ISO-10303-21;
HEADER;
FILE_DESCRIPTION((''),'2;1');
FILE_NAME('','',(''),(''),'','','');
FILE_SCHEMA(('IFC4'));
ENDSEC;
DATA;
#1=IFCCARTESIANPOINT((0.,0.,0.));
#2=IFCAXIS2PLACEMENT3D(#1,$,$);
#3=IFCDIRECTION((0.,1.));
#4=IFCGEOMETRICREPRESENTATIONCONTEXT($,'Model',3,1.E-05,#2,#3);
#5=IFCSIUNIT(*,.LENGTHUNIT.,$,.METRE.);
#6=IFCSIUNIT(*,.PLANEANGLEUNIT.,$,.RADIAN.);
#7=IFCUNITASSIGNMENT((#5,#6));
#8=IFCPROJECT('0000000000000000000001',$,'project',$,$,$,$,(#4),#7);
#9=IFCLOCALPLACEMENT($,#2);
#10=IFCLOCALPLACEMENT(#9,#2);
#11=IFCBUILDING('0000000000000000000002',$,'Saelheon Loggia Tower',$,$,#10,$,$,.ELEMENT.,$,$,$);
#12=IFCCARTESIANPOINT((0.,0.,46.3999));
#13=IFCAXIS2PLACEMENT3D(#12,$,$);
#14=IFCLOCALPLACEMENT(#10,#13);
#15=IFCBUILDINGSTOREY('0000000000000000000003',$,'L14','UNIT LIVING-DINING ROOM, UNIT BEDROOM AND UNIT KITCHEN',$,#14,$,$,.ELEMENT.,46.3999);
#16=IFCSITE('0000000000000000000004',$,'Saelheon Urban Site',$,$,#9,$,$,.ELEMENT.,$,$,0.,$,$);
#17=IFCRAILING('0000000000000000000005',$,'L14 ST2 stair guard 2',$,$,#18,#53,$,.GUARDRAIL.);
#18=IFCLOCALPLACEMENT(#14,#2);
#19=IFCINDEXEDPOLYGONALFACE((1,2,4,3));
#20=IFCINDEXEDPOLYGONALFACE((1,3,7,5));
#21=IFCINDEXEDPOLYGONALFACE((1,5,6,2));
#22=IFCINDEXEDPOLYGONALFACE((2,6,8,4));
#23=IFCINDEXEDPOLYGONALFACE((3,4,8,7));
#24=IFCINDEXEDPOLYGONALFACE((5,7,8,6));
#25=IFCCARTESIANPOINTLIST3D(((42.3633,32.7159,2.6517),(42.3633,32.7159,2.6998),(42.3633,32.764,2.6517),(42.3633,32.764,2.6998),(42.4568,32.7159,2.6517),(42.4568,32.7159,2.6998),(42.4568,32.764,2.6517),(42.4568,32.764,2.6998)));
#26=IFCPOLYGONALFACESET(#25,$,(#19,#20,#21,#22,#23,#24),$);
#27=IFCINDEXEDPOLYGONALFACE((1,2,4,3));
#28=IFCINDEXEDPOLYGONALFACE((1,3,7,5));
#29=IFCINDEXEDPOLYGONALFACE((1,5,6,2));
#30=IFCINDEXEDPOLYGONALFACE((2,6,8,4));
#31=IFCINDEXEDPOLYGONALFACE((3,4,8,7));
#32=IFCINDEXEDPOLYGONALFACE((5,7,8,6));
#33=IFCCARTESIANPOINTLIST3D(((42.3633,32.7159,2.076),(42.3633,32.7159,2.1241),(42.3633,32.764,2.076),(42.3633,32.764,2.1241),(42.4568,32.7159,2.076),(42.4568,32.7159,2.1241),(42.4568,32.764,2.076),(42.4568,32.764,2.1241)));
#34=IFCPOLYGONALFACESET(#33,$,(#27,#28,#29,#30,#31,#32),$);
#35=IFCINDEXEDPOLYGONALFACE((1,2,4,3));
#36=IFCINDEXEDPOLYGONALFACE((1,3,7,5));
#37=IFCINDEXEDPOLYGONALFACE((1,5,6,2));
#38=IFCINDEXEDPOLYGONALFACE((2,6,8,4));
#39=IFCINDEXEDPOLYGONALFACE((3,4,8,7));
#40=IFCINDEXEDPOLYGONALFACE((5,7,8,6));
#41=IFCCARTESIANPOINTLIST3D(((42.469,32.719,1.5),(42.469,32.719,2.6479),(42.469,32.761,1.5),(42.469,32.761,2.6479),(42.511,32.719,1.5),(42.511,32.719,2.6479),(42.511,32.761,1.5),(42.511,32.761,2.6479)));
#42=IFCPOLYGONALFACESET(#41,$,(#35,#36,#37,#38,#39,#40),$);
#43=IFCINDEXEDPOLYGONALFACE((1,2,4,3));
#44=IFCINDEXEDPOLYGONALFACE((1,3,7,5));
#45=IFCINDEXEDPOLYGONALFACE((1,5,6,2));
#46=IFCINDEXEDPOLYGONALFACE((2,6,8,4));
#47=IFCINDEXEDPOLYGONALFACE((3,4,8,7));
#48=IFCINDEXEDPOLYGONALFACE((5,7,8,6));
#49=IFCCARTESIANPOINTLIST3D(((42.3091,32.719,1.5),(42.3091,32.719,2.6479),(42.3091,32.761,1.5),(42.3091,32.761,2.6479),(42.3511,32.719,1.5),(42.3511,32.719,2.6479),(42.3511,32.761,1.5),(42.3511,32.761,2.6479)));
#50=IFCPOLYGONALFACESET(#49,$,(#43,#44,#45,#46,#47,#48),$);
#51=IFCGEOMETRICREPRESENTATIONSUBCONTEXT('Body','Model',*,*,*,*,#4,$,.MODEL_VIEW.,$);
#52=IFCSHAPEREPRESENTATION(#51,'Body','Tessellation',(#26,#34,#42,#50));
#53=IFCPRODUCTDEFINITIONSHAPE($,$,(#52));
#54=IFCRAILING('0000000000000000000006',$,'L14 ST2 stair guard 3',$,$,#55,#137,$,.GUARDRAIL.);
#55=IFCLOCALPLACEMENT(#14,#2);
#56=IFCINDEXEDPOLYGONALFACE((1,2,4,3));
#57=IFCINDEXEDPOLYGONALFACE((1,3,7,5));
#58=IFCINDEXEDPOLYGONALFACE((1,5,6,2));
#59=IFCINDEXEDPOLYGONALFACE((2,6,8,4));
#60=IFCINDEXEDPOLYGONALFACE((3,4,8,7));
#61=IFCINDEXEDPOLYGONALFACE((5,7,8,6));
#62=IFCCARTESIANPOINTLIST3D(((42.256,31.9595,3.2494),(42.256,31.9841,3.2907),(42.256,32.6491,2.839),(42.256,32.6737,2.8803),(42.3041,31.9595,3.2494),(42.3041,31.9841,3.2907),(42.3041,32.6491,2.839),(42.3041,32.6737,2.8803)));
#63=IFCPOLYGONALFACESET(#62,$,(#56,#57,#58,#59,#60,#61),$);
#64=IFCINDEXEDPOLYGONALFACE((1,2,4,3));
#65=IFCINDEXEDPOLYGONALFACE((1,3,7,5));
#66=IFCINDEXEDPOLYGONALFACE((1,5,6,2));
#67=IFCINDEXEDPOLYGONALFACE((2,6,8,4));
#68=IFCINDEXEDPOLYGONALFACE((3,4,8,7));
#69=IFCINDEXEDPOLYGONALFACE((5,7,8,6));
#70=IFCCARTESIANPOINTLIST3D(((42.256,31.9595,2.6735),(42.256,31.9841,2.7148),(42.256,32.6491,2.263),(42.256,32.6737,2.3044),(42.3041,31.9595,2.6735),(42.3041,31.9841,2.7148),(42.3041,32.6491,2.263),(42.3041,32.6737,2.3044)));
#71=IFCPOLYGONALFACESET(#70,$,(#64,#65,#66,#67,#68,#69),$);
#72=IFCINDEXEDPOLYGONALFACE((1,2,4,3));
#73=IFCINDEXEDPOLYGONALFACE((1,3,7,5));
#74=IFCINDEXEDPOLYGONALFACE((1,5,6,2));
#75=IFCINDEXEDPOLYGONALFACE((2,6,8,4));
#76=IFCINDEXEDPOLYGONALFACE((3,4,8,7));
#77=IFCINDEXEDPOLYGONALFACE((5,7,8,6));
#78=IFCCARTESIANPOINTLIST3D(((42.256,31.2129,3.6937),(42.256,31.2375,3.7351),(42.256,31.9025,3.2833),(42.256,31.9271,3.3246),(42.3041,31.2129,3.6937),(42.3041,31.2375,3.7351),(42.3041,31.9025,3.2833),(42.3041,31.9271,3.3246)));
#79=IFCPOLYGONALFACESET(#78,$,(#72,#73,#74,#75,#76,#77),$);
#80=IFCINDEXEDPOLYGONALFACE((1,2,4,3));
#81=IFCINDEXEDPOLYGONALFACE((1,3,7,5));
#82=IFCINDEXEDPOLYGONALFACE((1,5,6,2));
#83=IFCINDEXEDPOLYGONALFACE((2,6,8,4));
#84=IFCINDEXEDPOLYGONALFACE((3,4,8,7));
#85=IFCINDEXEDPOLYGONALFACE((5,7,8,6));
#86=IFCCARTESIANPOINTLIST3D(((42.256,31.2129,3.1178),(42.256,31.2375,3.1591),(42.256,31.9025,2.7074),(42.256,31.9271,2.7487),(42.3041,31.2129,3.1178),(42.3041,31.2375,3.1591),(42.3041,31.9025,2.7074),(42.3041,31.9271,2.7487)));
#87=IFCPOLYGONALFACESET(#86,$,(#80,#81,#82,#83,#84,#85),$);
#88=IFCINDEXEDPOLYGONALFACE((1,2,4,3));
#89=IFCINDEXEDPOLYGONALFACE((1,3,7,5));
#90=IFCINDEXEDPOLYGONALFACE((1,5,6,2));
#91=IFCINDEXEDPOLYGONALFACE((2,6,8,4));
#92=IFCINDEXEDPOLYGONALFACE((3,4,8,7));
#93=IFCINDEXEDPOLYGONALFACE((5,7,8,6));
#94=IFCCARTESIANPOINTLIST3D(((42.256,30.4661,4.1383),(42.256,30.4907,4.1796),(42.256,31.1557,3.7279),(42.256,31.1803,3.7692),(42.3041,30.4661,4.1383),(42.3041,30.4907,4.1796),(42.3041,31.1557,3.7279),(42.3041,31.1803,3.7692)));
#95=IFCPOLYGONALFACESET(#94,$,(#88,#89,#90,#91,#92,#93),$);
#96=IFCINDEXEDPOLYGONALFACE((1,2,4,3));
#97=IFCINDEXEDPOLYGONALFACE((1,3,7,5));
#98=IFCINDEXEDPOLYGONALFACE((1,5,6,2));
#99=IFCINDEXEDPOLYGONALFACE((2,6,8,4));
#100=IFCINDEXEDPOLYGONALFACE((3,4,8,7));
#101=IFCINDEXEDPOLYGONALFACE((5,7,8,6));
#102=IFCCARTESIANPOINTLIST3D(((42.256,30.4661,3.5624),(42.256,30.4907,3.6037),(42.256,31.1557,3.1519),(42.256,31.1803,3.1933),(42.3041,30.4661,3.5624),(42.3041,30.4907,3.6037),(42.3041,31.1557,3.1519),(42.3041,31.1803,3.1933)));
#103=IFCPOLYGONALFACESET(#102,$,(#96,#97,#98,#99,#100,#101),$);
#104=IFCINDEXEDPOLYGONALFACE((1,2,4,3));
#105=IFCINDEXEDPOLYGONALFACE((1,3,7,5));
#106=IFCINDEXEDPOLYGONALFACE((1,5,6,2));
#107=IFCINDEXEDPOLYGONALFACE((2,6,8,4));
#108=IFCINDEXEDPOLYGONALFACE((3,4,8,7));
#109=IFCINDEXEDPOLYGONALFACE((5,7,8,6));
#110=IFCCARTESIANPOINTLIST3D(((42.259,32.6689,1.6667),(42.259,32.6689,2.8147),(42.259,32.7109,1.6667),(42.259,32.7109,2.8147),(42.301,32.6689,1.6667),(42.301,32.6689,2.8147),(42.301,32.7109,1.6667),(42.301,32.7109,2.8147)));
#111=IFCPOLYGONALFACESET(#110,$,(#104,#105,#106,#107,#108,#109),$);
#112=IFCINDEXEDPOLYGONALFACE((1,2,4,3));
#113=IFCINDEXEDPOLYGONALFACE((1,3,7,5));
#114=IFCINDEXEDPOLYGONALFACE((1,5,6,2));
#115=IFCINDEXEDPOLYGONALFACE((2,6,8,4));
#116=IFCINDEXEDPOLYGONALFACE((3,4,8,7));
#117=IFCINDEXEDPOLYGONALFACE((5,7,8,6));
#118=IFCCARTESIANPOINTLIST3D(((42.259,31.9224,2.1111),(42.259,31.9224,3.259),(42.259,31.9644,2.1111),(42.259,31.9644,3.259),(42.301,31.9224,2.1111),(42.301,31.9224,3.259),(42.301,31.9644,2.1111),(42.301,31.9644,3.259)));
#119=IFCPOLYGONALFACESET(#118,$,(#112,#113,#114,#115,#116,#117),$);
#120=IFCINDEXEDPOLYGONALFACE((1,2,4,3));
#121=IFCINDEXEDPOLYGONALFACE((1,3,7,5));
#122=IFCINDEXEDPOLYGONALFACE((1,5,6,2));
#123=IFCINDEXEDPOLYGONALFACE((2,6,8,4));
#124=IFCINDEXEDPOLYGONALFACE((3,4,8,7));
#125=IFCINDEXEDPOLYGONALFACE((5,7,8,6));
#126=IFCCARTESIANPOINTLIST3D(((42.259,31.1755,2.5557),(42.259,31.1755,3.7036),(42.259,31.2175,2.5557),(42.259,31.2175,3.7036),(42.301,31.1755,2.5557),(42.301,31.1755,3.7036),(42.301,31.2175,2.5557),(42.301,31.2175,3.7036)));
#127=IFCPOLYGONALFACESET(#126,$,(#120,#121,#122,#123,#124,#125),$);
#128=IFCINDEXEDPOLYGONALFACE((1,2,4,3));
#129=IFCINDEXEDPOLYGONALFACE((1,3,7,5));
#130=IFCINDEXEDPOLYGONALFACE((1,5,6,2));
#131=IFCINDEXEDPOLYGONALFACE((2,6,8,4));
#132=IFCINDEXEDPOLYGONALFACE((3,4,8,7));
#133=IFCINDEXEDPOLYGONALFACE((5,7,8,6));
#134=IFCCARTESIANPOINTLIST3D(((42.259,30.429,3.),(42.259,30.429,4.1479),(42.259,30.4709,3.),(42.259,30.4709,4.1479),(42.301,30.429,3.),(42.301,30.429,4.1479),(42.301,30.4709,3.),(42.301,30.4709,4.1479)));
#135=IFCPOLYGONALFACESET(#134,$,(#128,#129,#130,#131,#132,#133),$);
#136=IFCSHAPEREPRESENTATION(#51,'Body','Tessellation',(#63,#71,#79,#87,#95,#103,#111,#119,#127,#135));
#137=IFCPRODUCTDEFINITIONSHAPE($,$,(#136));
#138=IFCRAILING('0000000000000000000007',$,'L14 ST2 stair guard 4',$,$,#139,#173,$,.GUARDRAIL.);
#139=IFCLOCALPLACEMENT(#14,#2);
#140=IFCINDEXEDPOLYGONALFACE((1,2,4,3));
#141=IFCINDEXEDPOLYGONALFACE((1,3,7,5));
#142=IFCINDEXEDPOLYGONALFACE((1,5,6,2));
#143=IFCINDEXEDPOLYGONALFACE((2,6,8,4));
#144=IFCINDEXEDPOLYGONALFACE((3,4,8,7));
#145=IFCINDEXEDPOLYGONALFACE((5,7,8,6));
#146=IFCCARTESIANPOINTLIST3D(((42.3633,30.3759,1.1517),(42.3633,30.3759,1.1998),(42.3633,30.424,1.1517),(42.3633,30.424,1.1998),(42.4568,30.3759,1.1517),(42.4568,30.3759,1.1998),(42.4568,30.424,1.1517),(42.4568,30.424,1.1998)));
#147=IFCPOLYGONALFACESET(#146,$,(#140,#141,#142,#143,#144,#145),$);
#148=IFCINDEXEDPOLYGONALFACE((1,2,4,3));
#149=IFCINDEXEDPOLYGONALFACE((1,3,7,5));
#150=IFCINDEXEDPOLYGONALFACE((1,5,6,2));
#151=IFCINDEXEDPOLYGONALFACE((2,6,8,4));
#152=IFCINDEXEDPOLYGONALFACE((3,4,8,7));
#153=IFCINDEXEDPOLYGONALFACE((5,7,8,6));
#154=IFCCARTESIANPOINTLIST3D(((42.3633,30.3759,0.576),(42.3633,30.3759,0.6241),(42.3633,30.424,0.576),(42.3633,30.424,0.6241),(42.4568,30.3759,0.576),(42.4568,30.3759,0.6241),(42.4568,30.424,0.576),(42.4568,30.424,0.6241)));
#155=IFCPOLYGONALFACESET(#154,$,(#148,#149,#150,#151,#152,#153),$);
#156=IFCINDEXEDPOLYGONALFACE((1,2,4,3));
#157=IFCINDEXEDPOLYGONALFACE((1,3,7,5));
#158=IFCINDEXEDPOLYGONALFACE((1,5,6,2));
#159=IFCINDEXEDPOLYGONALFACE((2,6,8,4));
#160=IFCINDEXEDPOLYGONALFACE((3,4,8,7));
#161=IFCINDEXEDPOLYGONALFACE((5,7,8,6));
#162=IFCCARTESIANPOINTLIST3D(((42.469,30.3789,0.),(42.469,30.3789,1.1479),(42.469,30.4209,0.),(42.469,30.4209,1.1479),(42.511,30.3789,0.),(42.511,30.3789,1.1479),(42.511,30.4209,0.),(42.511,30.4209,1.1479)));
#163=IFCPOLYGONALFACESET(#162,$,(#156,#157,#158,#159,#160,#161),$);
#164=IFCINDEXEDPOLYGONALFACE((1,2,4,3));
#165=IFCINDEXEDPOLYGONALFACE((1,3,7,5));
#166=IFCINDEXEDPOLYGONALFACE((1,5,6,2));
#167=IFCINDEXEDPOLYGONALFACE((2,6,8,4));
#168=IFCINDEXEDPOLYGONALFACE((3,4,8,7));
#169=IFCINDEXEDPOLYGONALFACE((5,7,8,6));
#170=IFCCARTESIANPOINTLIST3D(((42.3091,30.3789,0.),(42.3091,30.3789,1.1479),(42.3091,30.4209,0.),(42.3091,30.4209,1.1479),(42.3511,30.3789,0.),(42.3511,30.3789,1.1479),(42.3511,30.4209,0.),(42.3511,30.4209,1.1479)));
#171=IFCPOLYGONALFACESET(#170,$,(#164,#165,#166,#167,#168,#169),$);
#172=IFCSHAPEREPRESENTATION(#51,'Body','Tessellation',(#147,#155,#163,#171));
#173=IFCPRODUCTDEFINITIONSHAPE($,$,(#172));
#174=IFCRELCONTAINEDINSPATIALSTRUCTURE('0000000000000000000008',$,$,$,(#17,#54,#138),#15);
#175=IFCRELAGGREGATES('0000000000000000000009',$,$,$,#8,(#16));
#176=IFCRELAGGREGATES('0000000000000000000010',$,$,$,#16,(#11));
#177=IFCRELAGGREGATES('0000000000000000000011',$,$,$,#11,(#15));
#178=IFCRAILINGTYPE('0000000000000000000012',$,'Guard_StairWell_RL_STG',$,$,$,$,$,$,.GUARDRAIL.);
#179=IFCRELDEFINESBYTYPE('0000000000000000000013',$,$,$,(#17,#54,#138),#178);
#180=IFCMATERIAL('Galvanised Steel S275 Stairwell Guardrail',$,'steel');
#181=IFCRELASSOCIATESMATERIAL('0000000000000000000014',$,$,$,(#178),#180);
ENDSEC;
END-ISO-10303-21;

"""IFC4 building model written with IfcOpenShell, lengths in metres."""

from ifc_helpers import new_model, si_unit, direction, frame, origin, origin_2d, place, context, subcontext, project, spatial, rectangle, extrude, material, type_object, element, save


model = new_model("IFC4")

# Units and contexts
model_context = context("Model", 3, precision=1e-05, world=origin(), true_north=direction((0.0, 1.0)))
body_context = subcontext(model_context, "Body", "Model", "MODEL_VIEW")
ifc_project = project(units=[si_unit("LENGTHUNIT", "METRE"), si_unit("PLANEANGLEUNIT", "RADIAN")], contexts=[model_context])

# Site, building, storey
site_placement = place(None, origin())
site = spatial("IfcSite", under=ifc_project, at=site_placement, Name="Saelheon Urban Site", CompositionType="ELEMENT", RefElevation=0.0)
building_placement = place(site_placement, origin())
building = spatial("IfcBuilding", under=site, at=building_placement, Name="Saelheon Loggia Tower", CompositionType="ELEMENT")
storey_placement = place(building_placement, frame((0.0, 0.0, 46.3999)))
storey = spatial("IfcBuildingStorey", under=building, at=storey_placement, Name="L14", Description="UNIT LIVING-DINING ROOM, UNIT BEDROOM AND UNIT KITCHEN", CompositionType="ELEMENT", Elevation=46.3999)

# Railings
ifc_material_1 = material(Name="Galvanised Steel S275 Stairwell Guardrail", Category="steel")
railing_type_1 = type_object("IfcRailingType", Name="Guard_StairWell_RL_STG", PredefinedType="GUARDRAIL", material=ifc_material_1)
railing_1_placement = place(storey_placement, frame((42.49, 32.74, 1.5)))
element("IfcRailing", 1, at=railing_1_placement, inside=storey, type_object=railing_type_1, Name="L14 ST2 stair guard 2", PredefinedType="GUARDRAIL", context=body_context, shape_type="SweptSolid", body=[
    extrude(rectangle(XDim=0.0481, YDim=0.0481, at=origin_2d()), frame((-0.0332, 0.0, 1.1758), z_axis=(-1.0, 0.0, 0.0), x_axis=(0.0, -1.0, 0.0)), (0.0, 0.0, 1.0), 0.0935),
    extrude(rectangle(XDim=0.0481, YDim=0.0481, at=origin_2d()), frame((-0.0332, 0.0, 0.6001), z_axis=(-1.0, 0.0, 0.0), x_axis=(0.0, -1.0, 0.0)), (0.0, 0.0, 1.0), 0.0935),
    extrude(rectangle(XDim=0.042, YDim=0.042, at=origin_2d()), origin(), (0.0, 0.0, 1.0), 1.1479),
    extrude(rectangle(XDim=0.042, YDim=0.042, at=origin_2d()), frame((-0.1599, 0.0, 0.0)), (0.0, 0.0, 1.0), 1.1479),
])
railing_2_placement = place(storey_placement, frame((42.28, 32.6899, 1.6667)))
element("IfcRailing", 2, at=railing_2_placement, inside=storey, type_object=railing_type_1, Name="L14 ST2 stair guard 3", PredefinedType="GUARDRAIL", context=body_context, shape_type="SweptSolid", body=[
    extrude(rectangle(XDim=0.0481, YDim=0.0481, at=origin_2d()), frame((0.0, -0.0286, 1.1929), z_axis=(0.0, -0.859306, 0.511462), x_axis=(1.0, 0.0, 0.0)), (0.0, 0.0, 1.0), 0.8025),
    extrude(rectangle(XDim=0.0481, YDim=0.0481, at=origin_2d()), frame((0.0, -0.0286, 0.6169), z_axis=(0.0, -0.859306, 0.511462), x_axis=(1.0, 0.0, 0.0)), (0.0, 0.0, 1.0), 0.8025),
    extrude(rectangle(XDim=0.0481, YDim=0.0481, at=origin_2d()), frame((0.0, -0.7751, 1.6372), z_axis=(0.0, -0.859306, 0.511462), x_axis=(1.0, 0.0, 0.0)), (0.0, 0.0, 1.0), 0.8025),
    extrude(rectangle(XDim=0.0481, YDim=0.0481, at=origin_2d()), frame((0.0, -0.7751, 1.0613), z_axis=(0.0, -0.859306, 0.511462), x_axis=(1.0, 0.0, 0.0)), (0.0, 0.0, 1.0), 0.8025),
    extrude(rectangle(XDim=0.0481, YDim=0.0481, at=origin_2d()), frame((0.0, -1.522, 2.0818), z_axis=(0.0, -0.859306, 0.511462), x_axis=(1.0, 0.0, 0.0)), (0.0, 0.0, 1.0), 0.8025),
    extrude(rectangle(XDim=0.0481, YDim=0.0481, at=origin_2d()), frame((0.0, -1.522, 1.5059), z_axis=(0.0, -0.859306, 0.511462), x_axis=(1.0, 0.0, 0.0)), (0.0, 0.0, 1.0), 0.8025),
    extrude(rectangle(XDim=0.042, YDim=0.042, at=origin_2d()), origin(), (0.0, 0.0, 1.0), 1.1479),
    extrude(rectangle(XDim=0.042, YDim=0.042, at=origin_2d()), frame((0.0, -0.7466, 0.4443)), (0.0, 0.0, 1.0), 1.1479),
    extrude(rectangle(XDim=0.042, YDim=0.042, at=origin_2d()), frame((0.0, -1.4934, 0.8889)), (0.0, 0.0, 1.0), 1.1479),
    extrude(rectangle(XDim=0.042, YDim=0.042, at=origin_2d()), frame((0.0, -2.24, 1.3333)), (0.0, 0.0, 1.0), 1.1479),
])
railing_3_placement = place(storey_placement, frame((42.49, 30.3999, 0.0)))
element("IfcRailing", 3, at=railing_3_placement, inside=storey, type_object=railing_type_1, Name="L14 ST2 stair guard 4", PredefinedType="GUARDRAIL", context=body_context, shape_type="SweptSolid", body=[
    extrude(rectangle(XDim=0.0481, YDim=0.0481, at=origin_2d()), frame((-0.0332, 0.0, 1.1758), z_axis=(-1.0, 0.0, 0.0), x_axis=(0.0, -1.0, 0.0)), (0.0, 0.0, 1.0), 0.0935),
    extrude(rectangle(XDim=0.0481, YDim=0.0481, at=origin_2d()), frame((-0.0332, 0.0, 0.6001), z_axis=(-1.0, 0.0, 0.0), x_axis=(0.0, -1.0, 0.0)), (0.0, 0.0, 1.0), 0.0935),
    extrude(rectangle(XDim=0.042, YDim=0.042, at=origin_2d()), origin(), (0.0, 0.0, 1.0), 1.1479),
    extrude(rectangle(XDim=0.042, YDim=0.042, at=origin_2d()), frame((-0.1599, 0.0, 0.0)), (0.0, 0.0, 1.0), 1.1479),
])

save(model, "model.ifc")
